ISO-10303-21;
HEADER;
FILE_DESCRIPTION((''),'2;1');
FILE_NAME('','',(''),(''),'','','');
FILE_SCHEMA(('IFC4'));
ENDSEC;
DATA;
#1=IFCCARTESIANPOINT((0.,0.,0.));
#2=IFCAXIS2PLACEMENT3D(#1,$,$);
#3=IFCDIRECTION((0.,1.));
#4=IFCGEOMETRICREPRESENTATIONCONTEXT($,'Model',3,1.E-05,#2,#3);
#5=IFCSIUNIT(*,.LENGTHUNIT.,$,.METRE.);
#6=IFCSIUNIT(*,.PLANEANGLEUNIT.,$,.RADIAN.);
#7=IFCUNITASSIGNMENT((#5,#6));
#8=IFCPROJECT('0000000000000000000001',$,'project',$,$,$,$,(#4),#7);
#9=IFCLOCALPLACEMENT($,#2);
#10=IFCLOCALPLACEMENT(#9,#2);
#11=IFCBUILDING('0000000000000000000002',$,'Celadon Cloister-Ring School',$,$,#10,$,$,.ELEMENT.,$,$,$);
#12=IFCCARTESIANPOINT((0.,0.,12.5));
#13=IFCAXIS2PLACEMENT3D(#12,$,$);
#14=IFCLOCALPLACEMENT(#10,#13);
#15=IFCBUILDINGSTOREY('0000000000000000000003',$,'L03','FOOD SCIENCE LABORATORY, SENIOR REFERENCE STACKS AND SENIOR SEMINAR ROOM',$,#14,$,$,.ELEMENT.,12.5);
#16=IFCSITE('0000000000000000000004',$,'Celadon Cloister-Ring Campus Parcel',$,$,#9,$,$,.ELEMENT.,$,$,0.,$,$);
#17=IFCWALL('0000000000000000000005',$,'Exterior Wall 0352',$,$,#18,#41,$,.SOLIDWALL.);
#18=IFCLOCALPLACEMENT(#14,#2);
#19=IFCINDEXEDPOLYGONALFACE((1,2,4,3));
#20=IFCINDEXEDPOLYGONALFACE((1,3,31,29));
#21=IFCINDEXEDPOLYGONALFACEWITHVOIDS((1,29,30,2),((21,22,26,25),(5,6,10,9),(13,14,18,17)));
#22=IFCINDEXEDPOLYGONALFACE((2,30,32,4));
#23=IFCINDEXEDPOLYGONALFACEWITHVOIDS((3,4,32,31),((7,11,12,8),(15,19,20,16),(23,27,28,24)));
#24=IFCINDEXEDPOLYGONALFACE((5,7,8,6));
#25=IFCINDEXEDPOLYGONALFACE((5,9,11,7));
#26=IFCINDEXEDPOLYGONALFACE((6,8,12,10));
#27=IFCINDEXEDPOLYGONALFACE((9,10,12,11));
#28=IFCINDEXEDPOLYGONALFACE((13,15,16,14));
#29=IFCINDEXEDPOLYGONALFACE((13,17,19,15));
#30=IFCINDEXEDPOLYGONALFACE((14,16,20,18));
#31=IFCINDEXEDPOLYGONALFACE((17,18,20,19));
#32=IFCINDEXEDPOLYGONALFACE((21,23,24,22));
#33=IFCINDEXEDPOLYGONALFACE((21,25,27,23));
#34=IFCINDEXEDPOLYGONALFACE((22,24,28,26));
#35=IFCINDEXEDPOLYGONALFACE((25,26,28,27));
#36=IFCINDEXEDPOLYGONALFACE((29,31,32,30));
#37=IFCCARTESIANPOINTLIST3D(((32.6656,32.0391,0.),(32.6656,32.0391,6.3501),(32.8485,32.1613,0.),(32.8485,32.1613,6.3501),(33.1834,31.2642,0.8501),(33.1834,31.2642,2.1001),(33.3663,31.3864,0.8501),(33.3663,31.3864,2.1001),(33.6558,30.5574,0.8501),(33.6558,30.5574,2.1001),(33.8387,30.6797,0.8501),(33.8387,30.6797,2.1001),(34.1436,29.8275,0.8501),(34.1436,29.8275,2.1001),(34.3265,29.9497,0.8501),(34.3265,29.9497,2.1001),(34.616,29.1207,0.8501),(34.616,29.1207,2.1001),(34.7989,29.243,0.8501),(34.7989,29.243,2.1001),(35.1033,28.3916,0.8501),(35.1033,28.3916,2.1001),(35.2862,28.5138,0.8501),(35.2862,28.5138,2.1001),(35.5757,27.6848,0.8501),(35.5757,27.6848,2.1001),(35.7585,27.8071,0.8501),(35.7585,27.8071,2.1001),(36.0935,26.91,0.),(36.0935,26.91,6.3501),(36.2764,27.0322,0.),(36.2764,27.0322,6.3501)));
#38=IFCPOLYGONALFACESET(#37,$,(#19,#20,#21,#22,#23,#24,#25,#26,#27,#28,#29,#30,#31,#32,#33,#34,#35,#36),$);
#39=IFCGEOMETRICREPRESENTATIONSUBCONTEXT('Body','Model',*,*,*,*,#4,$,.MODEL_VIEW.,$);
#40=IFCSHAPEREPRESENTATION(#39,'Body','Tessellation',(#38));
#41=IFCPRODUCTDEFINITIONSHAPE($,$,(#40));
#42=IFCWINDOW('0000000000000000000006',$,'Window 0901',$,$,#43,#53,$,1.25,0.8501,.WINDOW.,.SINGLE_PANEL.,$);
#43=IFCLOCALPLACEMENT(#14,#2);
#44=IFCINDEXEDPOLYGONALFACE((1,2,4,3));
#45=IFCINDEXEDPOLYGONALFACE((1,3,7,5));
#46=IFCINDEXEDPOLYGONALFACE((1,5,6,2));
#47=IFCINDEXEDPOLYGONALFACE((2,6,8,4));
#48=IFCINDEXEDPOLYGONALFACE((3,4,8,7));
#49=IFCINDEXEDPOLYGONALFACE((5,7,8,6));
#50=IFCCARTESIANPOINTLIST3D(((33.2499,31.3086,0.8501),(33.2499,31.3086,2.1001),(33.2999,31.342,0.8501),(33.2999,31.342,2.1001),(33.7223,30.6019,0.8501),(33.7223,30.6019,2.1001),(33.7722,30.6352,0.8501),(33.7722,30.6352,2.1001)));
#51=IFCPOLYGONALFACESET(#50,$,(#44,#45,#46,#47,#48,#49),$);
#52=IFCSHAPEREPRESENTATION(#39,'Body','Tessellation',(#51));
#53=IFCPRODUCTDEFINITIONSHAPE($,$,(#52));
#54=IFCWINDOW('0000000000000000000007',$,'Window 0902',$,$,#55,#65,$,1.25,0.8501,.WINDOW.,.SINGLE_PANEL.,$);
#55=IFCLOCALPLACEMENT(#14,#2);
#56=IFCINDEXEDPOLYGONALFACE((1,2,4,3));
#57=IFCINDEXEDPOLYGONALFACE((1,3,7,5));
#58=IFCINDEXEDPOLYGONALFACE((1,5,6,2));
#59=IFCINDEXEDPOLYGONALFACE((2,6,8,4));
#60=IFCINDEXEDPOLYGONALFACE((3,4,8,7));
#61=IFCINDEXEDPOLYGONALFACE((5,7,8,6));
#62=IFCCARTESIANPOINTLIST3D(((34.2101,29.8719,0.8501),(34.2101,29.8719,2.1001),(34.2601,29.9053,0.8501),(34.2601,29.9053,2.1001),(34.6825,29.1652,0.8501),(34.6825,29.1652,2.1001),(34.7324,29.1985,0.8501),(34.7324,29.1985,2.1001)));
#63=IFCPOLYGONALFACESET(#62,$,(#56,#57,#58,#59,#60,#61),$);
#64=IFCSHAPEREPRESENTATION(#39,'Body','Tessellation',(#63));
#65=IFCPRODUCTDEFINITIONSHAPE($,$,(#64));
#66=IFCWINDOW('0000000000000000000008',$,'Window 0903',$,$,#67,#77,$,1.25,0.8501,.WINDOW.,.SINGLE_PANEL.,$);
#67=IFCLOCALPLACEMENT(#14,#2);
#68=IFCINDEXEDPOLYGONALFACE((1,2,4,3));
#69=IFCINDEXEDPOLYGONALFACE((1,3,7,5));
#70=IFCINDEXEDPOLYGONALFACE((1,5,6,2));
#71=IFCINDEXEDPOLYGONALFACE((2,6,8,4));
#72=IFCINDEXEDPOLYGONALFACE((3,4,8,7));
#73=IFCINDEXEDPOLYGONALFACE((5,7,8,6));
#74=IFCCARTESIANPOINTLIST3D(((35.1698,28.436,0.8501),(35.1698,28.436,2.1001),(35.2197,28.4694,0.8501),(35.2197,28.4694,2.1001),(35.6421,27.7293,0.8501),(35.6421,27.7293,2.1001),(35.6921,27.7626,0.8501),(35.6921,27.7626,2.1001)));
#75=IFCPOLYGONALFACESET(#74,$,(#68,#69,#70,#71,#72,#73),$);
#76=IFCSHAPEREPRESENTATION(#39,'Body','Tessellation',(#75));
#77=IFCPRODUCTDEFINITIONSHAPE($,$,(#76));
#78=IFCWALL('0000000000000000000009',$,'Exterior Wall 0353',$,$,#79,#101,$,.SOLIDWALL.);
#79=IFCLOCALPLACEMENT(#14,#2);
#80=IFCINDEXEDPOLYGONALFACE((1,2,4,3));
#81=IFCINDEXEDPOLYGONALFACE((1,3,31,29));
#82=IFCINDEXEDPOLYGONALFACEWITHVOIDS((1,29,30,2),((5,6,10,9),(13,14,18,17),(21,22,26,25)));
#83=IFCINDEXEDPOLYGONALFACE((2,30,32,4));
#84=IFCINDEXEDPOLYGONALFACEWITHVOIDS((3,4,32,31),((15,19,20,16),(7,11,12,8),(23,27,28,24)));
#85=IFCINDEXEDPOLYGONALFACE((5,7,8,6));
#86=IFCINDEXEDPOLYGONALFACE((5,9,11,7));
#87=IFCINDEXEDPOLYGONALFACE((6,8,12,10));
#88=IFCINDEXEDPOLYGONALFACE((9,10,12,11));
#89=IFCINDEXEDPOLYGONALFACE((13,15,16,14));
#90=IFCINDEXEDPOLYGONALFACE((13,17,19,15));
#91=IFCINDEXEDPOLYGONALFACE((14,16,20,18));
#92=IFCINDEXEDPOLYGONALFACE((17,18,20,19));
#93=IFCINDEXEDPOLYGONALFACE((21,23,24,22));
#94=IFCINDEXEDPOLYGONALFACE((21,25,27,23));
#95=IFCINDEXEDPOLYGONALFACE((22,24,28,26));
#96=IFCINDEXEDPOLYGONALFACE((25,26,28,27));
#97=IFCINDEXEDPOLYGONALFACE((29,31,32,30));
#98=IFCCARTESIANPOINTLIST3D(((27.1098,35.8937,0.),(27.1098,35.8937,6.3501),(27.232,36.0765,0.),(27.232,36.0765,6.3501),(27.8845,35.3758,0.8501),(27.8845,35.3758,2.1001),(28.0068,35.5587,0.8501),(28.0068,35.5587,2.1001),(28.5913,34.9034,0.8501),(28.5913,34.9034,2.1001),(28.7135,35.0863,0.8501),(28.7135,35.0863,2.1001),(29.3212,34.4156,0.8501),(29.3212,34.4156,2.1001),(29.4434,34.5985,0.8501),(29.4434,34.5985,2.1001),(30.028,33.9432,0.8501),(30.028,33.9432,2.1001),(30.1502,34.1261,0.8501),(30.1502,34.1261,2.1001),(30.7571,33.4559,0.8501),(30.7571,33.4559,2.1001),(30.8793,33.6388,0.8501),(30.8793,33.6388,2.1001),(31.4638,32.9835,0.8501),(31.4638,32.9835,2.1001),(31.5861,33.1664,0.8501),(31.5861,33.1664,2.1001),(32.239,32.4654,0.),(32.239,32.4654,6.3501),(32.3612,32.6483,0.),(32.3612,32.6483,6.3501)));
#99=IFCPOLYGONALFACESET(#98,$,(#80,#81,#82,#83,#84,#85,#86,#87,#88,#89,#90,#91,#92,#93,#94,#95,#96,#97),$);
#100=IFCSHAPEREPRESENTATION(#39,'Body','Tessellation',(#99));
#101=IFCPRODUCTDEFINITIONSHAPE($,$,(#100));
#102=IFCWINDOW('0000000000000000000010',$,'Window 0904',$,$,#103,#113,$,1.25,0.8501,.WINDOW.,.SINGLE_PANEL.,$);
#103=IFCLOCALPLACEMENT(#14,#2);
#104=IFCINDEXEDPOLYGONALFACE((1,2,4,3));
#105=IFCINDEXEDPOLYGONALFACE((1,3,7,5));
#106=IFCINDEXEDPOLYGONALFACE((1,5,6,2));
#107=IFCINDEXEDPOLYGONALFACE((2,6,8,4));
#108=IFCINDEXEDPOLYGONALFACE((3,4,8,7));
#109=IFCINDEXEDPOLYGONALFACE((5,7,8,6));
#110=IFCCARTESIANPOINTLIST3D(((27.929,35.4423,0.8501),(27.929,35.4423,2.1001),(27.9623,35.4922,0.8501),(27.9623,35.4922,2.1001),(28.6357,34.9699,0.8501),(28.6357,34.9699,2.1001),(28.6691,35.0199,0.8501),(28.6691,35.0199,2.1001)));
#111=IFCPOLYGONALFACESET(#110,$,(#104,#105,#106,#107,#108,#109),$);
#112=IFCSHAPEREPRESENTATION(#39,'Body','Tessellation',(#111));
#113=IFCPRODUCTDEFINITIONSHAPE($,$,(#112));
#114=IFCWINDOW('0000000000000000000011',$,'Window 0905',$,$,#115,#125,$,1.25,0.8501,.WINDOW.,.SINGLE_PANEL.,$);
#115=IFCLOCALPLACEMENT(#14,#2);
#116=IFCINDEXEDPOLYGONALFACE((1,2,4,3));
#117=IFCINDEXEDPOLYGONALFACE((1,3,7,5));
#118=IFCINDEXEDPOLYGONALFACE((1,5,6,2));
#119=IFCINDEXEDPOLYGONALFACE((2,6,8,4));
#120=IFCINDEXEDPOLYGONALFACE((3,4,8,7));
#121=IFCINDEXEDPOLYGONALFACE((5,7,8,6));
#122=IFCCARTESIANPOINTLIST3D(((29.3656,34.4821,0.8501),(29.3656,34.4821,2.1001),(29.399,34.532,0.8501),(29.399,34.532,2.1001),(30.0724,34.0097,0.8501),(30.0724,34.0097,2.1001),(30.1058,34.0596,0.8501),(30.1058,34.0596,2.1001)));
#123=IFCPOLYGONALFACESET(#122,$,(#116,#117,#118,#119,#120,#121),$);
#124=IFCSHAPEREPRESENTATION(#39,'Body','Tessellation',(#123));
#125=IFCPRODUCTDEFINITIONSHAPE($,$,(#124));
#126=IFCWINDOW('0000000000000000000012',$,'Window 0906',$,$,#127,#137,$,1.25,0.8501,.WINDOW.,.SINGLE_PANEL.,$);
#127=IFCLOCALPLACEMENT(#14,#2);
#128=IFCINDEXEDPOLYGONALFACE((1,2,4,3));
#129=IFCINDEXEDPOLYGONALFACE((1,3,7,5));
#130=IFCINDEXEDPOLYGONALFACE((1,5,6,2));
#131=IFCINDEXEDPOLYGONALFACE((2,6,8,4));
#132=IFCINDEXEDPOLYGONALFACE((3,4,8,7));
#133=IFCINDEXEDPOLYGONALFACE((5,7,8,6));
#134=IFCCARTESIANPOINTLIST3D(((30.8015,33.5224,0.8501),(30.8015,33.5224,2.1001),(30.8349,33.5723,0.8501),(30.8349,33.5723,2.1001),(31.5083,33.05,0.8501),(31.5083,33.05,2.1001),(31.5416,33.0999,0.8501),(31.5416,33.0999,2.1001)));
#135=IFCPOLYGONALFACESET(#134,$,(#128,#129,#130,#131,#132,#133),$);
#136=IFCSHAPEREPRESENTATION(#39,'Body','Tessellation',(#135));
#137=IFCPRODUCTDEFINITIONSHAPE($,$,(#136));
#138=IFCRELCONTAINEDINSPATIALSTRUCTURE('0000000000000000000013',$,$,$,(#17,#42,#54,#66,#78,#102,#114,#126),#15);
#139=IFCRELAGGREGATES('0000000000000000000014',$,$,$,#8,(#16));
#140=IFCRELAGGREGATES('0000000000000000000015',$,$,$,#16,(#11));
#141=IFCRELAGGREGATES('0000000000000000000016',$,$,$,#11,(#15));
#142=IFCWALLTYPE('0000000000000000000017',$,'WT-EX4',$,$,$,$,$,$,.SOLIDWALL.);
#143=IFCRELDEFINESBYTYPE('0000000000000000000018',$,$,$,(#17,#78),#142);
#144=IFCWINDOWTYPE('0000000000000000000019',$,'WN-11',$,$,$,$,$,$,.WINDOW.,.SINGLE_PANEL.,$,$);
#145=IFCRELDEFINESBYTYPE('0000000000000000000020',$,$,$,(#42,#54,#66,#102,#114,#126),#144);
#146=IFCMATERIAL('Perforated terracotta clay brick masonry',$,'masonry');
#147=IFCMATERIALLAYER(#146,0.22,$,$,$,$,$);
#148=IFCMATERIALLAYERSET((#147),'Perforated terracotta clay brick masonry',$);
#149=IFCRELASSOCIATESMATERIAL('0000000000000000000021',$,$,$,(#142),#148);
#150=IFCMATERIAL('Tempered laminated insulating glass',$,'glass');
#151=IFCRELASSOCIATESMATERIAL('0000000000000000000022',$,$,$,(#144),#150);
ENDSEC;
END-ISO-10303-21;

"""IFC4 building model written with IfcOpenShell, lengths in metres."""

from ifc_helpers import new_model, si_unit, direction, frame, frame_2d, origin, place, context, subcontext, project, spatial, rectangle, extrude, material, layer, layer_set, type_object, element, fill, save


model = new_model("IFC4")

# Units and contexts
model_context = context("Model", 3, precision=1e-05, world=origin(), true_north=direction((0.0, 1.0)))
body_context = subcontext(model_context, "Body", "Model", "MODEL_VIEW")
ifc_project = project(units=[si_unit("LENGTHUNIT", "METRE"), si_unit("PLANEANGLEUNIT", "RADIAN")], contexts=[model_context])

# Site, building, storey
site_placement = place(None, origin())
site = spatial("IfcSite", under=ifc_project, at=site_placement, Name="Celadon Cloister-Ring Campus Parcel", CompositionType="ELEMENT", RefElevation=0.0)
building_placement = place(site_placement, origin())
building = spatial("IfcBuilding", under=site, at=building_placement, Name="Celadon Cloister-Ring School", CompositionType="ELEMENT")
storey_placement = place(building_placement, frame((0.0, 0.0, 12.5)))
storey = spatial("IfcBuildingStorey", under=building, at=storey_placement, Name="L03", Description="FOOD SCIENCE LABORATORY, SENIOR REFERENCE STACKS AND SENIOR SEMINAR ROOM", CompositionType="ELEMENT", Elevation=12.5)

# Walls, openings, windows
ifc_material_1 = material(Name="Perforated terracotta clay brick masonry", Category="masonry")
ifc_layer_1 = layer(ifc_material_1, 0.22)
ifc_layer_set_1 = layer_set([ifc_layer_1], Name="Perforated terracotta clay brick masonry")
wall_type_1 = type_object("IfcWallType", Name="WT-EX4", PredefinedType="SOLIDWALL", material=ifc_layer_set_1)
wall_1_placement = place(storey_placement, frame((32.7571, 32.1001, 0.0), z_axis=(0.0, 0.0, 1.0), x_axis=(0.555659, -0.83141, 0.0)))
wall_1 = element("IfcWall", 1, at=wall_1_placement, inside=storey, type_object=wall_type_1, Name="Exterior Wall 0352", PredefinedType="SOLIDWALL", context=body_context, shape_type="SweptSolid", body=[
    extrude(rectangle(XDim=6.1692, YDim=0.22, at=frame_2d((3.0845, 0.0))), origin(), (0.0, 0.0, 1.0), 6.3501),
])
opening_1_placement = place(wall_1_placement, frame((0.9319, 0.0, 0.8501)))
opening_1 = element("IfcOpeningElement", 2, at=opening_1_placement, cuts=wall_1, PredefinedType="OPENING", context=body_context, shape_type="SweptSolid", body=[
    extrude(rectangle(XDim=0.8501, YDim=1.25, at=frame_2d((0.425, 0.625))), frame((0.0, 0.1201, 0.0), z_axis=(0.0, -1.0, 0.0), x_axis=(1.0, 0.0, 0.0)), (0.0, 0.0, 1.0), 0.24),
])
opening_2_placement = place(wall_1_placement, frame((2.6599, 0.0, 0.8501)))
opening_2 = element("IfcOpeningElement", 3, at=opening_2_placement, cuts=wall_1, PredefinedType="OPENING", context=body_context, shape_type="SweptSolid", body=[
    extrude(rectangle(XDim=0.8501, YDim=1.25, at=frame_2d((0.425, 0.625))), frame((0.0, 0.1201, 0.0), z_axis=(0.0, -1.0, 0.0), x_axis=(1.0, 0.0, 0.0)), (0.0, 0.0, 1.0), 0.24),
])
opening_3_placement = place(wall_1_placement, frame((4.387, 0.0, 0.8501)))
opening_3 = element("IfcOpeningElement", 4, at=opening_3_placement, cuts=wall_1, PredefinedType="OPENING", context=body_context, shape_type="SweptSolid", body=[
    extrude(rectangle(XDim=0.8501, YDim=1.25, at=frame_2d((0.425, 0.625))), frame((0.0, 0.1201, 0.0), z_axis=(0.0, -1.0, 0.0), x_axis=(1.0, 0.0, 0.0)), (0.0, 0.0, 1.0), 0.24),
])
ifc_material_2 = material(Name="Tempered laminated insulating glass", Category="glass")
window_type = type_object("IfcWindowType", Name="WN-11", PartitioningType="SINGLE_PANEL", PredefinedType="WINDOW", material=ifc_material_2)
window_1_placement = place(opening_1_placement, origin())
window_1 = element("IfcWindow", 5, at=window_1_placement, inside=storey, type_object=window_type, Name="Window 0901", OverallHeight=1.25, OverallWidth=0.8501, PartitioningType="SINGLE_PANEL", PredefinedType="WINDOW", context=body_context, shape_type="SweptSolid", body=[
    extrude(rectangle(XDim=0.8501, YDim=1.25, at=frame_2d((0.425, 0.625))), frame((0.0, 0.03, 0.0), z_axis=(0.0, -1.0, 0.0), x_axis=(1.0, 0.0, 0.0)), (0.0, 0.0, 1.0), 0.0601),
])
fill(opening_1, window_1)
window_2_placement = place(opening_2_placement, origin())
window_2 = element("IfcWindow", 6, at=window_2_placement, inside=storey, type_object=window_type, Name="Window 0902", OverallHeight=1.25, OverallWidth=0.8501, PartitioningType="SINGLE_PANEL", PredefinedType="WINDOW", context=body_context, shape_type="SweptSolid", body=[
    extrude(rectangle(XDim=0.8501, YDim=1.25, at=frame_2d((0.425, 0.625))), frame((0.0, 0.03, 0.0), z_axis=(0.0, -1.0, 0.0), x_axis=(1.0, 0.0, 0.0)), (0.0, 0.0, 1.0), 0.0601),
])
fill(opening_2, window_2)
window_3_placement = place(opening_3_placement, origin())
window_3 = element("IfcWindow", 7, at=window_3_placement, inside=storey, type_object=window_type, Name="Window 0903", OverallHeight=1.25, OverallWidth=0.8501, PartitioningType="SINGLE_PANEL", PredefinedType="WINDOW", context=body_context, shape_type="SweptSolid", body=[
    extrude(rectangle(XDim=0.8501, YDim=1.25, at=frame_2d((0.425, 0.625))), frame((0.0, 0.03, 0.0), z_axis=(0.0, -1.0, 0.0), x_axis=(1.0, 0.0, 0.0)), (0.0, 0.0, 1.0), 0.0601),
])
fill(opening_3, window_3)
wall_2_placement = place(storey_placement, frame((27.1709, 35.9851, 0.0), z_axis=(0.0, 0.0, 1.0), x_axis=(0.831392, -0.555686, 0.0)))
wall_2 = element("IfcWall", 8, at=wall_2_placement, inside=storey, type_object=wall_type_1, Name="Exterior Wall 0353", PredefinedType="SOLIDWALL", context=body_context, shape_type="SweptSolid", body=[
    extrude(rectangle(XDim=6.1694, YDim=0.22, at=frame_2d((3.0847, 0.0))), origin(), (0.0, 0.0, 1.0), 6.3501),
])
opening_4_placement = place(wall_2_placement, frame((0.9319, 0.0, 0.8501)))
opening_4 = element("IfcOpeningElement", 9, at=opening_4_placement, cuts=wall_2, PredefinedType="OPENING", context=body_context, shape_type="SweptSolid", body=[
    extrude(rectangle(XDim=0.8501, YDim=1.25, at=frame_2d((0.425, 0.625))), frame((0.0, 0.1201, 0.0), z_axis=(0.0, -1.0, 0.0), x_axis=(1.0, 0.0, 0.0)), (0.0, 0.0, 1.0), 0.24),
])
opening_5_placement = place(wall_2_placement, frame((2.6599, 0.0, 0.8501)))
opening_5 = element("IfcOpeningElement", 10, at=opening_5_placement, cuts=wall_2, PredefinedType="OPENING", context=body_context, shape_type="SweptSolid", body=[
    extrude(rectangle(XDim=0.8501, YDim=1.25, at=frame_2d((0.425, 0.625))), frame((0.0, 0.1201, 0.0), z_axis=(0.0, -1.0, 0.0), x_axis=(1.0, 0.0, 0.0)), (0.0, 0.0, 1.0), 0.24),
])
opening_6_placement = place(wall_2_placement, frame((4.387, 0.0, 0.8501)))
opening_6 = element("IfcOpeningElement", 11, at=opening_6_placement, cuts=wall_2, PredefinedType="OPENING", context=body_context, shape_type="SweptSolid", body=[
    extrude(rectangle(XDim=0.8501, YDim=1.25, at=frame_2d((0.425, 0.625))), frame((0.0, 0.1201, 0.0), z_axis=(0.0, -1.0, 0.0), x_axis=(1.0, 0.0, 0.0)), (0.0, 0.0, 1.0), 0.24),
])
window_4_placement = place(opening_4_placement, origin())
window_4 = element("IfcWindow", 12, at=window_4_placement, inside=storey, type_object=window_type, Name="Window 0904", OverallHeight=1.25, OverallWidth=0.8501, PartitioningType="SINGLE_PANEL", PredefinedType="WINDOW", context=body_context, shape_type="SweptSolid", body=[
    extrude(rectangle(XDim=0.8501, YDim=1.25, at=frame_2d((0.425, 0.625))), frame((0.0, 0.03, 0.0), z_axis=(0.0, -1.0, 0.0), x_axis=(1.0, 0.0, 0.0)), (0.0, 0.0, 1.0), 0.0601),
])
fill(opening_4, window_4)
window_5_placement = place(opening_5_placement, origin())
window_5 = element("IfcWindow", 13, at=window_5_placement, inside=storey, type_object=window_type, Name="Window 0905", OverallHeight=1.25, OverallWidth=0.8501, PartitioningType="SINGLE_PANEL", PredefinedType="WINDOW", context=body_context, shape_type="SweptSolid", body=[
    extrude(rectangle(XDim=0.8501, YDim=1.25, at=frame_2d((0.425, 0.625))), frame((0.0, 0.03, 0.0), z_axis=(0.0, -1.0, 0.0), x_axis=(1.0, 0.0, 0.0)), (0.0, 0.0, 1.0), 0.0601),
])
fill(opening_5, window_5)
window_6_placement = place(opening_6_placement, origin())
window_6 = element("IfcWindow", 14, at=window_6_placement, inside=storey, type_object=window_type, Name="Window 0906", OverallHeight=1.25, OverallWidth=0.8501, PartitioningType="SINGLE_PANEL", PredefinedType="WINDOW", context=body_context, shape_type="SweptSolid", body=[
    extrude(rectangle(XDim=0.8501, YDim=1.25, at=frame_2d((0.425, 0.625))), frame((0.0, 0.03, 0.0), z_axis=(0.0, -1.0, 0.0), x_axis=(1.0, 0.0, 0.0)), (0.0, 0.0, 1.0), 0.0601),
])
fill(opening_6, window_6)

save(model, "model.ifc")
